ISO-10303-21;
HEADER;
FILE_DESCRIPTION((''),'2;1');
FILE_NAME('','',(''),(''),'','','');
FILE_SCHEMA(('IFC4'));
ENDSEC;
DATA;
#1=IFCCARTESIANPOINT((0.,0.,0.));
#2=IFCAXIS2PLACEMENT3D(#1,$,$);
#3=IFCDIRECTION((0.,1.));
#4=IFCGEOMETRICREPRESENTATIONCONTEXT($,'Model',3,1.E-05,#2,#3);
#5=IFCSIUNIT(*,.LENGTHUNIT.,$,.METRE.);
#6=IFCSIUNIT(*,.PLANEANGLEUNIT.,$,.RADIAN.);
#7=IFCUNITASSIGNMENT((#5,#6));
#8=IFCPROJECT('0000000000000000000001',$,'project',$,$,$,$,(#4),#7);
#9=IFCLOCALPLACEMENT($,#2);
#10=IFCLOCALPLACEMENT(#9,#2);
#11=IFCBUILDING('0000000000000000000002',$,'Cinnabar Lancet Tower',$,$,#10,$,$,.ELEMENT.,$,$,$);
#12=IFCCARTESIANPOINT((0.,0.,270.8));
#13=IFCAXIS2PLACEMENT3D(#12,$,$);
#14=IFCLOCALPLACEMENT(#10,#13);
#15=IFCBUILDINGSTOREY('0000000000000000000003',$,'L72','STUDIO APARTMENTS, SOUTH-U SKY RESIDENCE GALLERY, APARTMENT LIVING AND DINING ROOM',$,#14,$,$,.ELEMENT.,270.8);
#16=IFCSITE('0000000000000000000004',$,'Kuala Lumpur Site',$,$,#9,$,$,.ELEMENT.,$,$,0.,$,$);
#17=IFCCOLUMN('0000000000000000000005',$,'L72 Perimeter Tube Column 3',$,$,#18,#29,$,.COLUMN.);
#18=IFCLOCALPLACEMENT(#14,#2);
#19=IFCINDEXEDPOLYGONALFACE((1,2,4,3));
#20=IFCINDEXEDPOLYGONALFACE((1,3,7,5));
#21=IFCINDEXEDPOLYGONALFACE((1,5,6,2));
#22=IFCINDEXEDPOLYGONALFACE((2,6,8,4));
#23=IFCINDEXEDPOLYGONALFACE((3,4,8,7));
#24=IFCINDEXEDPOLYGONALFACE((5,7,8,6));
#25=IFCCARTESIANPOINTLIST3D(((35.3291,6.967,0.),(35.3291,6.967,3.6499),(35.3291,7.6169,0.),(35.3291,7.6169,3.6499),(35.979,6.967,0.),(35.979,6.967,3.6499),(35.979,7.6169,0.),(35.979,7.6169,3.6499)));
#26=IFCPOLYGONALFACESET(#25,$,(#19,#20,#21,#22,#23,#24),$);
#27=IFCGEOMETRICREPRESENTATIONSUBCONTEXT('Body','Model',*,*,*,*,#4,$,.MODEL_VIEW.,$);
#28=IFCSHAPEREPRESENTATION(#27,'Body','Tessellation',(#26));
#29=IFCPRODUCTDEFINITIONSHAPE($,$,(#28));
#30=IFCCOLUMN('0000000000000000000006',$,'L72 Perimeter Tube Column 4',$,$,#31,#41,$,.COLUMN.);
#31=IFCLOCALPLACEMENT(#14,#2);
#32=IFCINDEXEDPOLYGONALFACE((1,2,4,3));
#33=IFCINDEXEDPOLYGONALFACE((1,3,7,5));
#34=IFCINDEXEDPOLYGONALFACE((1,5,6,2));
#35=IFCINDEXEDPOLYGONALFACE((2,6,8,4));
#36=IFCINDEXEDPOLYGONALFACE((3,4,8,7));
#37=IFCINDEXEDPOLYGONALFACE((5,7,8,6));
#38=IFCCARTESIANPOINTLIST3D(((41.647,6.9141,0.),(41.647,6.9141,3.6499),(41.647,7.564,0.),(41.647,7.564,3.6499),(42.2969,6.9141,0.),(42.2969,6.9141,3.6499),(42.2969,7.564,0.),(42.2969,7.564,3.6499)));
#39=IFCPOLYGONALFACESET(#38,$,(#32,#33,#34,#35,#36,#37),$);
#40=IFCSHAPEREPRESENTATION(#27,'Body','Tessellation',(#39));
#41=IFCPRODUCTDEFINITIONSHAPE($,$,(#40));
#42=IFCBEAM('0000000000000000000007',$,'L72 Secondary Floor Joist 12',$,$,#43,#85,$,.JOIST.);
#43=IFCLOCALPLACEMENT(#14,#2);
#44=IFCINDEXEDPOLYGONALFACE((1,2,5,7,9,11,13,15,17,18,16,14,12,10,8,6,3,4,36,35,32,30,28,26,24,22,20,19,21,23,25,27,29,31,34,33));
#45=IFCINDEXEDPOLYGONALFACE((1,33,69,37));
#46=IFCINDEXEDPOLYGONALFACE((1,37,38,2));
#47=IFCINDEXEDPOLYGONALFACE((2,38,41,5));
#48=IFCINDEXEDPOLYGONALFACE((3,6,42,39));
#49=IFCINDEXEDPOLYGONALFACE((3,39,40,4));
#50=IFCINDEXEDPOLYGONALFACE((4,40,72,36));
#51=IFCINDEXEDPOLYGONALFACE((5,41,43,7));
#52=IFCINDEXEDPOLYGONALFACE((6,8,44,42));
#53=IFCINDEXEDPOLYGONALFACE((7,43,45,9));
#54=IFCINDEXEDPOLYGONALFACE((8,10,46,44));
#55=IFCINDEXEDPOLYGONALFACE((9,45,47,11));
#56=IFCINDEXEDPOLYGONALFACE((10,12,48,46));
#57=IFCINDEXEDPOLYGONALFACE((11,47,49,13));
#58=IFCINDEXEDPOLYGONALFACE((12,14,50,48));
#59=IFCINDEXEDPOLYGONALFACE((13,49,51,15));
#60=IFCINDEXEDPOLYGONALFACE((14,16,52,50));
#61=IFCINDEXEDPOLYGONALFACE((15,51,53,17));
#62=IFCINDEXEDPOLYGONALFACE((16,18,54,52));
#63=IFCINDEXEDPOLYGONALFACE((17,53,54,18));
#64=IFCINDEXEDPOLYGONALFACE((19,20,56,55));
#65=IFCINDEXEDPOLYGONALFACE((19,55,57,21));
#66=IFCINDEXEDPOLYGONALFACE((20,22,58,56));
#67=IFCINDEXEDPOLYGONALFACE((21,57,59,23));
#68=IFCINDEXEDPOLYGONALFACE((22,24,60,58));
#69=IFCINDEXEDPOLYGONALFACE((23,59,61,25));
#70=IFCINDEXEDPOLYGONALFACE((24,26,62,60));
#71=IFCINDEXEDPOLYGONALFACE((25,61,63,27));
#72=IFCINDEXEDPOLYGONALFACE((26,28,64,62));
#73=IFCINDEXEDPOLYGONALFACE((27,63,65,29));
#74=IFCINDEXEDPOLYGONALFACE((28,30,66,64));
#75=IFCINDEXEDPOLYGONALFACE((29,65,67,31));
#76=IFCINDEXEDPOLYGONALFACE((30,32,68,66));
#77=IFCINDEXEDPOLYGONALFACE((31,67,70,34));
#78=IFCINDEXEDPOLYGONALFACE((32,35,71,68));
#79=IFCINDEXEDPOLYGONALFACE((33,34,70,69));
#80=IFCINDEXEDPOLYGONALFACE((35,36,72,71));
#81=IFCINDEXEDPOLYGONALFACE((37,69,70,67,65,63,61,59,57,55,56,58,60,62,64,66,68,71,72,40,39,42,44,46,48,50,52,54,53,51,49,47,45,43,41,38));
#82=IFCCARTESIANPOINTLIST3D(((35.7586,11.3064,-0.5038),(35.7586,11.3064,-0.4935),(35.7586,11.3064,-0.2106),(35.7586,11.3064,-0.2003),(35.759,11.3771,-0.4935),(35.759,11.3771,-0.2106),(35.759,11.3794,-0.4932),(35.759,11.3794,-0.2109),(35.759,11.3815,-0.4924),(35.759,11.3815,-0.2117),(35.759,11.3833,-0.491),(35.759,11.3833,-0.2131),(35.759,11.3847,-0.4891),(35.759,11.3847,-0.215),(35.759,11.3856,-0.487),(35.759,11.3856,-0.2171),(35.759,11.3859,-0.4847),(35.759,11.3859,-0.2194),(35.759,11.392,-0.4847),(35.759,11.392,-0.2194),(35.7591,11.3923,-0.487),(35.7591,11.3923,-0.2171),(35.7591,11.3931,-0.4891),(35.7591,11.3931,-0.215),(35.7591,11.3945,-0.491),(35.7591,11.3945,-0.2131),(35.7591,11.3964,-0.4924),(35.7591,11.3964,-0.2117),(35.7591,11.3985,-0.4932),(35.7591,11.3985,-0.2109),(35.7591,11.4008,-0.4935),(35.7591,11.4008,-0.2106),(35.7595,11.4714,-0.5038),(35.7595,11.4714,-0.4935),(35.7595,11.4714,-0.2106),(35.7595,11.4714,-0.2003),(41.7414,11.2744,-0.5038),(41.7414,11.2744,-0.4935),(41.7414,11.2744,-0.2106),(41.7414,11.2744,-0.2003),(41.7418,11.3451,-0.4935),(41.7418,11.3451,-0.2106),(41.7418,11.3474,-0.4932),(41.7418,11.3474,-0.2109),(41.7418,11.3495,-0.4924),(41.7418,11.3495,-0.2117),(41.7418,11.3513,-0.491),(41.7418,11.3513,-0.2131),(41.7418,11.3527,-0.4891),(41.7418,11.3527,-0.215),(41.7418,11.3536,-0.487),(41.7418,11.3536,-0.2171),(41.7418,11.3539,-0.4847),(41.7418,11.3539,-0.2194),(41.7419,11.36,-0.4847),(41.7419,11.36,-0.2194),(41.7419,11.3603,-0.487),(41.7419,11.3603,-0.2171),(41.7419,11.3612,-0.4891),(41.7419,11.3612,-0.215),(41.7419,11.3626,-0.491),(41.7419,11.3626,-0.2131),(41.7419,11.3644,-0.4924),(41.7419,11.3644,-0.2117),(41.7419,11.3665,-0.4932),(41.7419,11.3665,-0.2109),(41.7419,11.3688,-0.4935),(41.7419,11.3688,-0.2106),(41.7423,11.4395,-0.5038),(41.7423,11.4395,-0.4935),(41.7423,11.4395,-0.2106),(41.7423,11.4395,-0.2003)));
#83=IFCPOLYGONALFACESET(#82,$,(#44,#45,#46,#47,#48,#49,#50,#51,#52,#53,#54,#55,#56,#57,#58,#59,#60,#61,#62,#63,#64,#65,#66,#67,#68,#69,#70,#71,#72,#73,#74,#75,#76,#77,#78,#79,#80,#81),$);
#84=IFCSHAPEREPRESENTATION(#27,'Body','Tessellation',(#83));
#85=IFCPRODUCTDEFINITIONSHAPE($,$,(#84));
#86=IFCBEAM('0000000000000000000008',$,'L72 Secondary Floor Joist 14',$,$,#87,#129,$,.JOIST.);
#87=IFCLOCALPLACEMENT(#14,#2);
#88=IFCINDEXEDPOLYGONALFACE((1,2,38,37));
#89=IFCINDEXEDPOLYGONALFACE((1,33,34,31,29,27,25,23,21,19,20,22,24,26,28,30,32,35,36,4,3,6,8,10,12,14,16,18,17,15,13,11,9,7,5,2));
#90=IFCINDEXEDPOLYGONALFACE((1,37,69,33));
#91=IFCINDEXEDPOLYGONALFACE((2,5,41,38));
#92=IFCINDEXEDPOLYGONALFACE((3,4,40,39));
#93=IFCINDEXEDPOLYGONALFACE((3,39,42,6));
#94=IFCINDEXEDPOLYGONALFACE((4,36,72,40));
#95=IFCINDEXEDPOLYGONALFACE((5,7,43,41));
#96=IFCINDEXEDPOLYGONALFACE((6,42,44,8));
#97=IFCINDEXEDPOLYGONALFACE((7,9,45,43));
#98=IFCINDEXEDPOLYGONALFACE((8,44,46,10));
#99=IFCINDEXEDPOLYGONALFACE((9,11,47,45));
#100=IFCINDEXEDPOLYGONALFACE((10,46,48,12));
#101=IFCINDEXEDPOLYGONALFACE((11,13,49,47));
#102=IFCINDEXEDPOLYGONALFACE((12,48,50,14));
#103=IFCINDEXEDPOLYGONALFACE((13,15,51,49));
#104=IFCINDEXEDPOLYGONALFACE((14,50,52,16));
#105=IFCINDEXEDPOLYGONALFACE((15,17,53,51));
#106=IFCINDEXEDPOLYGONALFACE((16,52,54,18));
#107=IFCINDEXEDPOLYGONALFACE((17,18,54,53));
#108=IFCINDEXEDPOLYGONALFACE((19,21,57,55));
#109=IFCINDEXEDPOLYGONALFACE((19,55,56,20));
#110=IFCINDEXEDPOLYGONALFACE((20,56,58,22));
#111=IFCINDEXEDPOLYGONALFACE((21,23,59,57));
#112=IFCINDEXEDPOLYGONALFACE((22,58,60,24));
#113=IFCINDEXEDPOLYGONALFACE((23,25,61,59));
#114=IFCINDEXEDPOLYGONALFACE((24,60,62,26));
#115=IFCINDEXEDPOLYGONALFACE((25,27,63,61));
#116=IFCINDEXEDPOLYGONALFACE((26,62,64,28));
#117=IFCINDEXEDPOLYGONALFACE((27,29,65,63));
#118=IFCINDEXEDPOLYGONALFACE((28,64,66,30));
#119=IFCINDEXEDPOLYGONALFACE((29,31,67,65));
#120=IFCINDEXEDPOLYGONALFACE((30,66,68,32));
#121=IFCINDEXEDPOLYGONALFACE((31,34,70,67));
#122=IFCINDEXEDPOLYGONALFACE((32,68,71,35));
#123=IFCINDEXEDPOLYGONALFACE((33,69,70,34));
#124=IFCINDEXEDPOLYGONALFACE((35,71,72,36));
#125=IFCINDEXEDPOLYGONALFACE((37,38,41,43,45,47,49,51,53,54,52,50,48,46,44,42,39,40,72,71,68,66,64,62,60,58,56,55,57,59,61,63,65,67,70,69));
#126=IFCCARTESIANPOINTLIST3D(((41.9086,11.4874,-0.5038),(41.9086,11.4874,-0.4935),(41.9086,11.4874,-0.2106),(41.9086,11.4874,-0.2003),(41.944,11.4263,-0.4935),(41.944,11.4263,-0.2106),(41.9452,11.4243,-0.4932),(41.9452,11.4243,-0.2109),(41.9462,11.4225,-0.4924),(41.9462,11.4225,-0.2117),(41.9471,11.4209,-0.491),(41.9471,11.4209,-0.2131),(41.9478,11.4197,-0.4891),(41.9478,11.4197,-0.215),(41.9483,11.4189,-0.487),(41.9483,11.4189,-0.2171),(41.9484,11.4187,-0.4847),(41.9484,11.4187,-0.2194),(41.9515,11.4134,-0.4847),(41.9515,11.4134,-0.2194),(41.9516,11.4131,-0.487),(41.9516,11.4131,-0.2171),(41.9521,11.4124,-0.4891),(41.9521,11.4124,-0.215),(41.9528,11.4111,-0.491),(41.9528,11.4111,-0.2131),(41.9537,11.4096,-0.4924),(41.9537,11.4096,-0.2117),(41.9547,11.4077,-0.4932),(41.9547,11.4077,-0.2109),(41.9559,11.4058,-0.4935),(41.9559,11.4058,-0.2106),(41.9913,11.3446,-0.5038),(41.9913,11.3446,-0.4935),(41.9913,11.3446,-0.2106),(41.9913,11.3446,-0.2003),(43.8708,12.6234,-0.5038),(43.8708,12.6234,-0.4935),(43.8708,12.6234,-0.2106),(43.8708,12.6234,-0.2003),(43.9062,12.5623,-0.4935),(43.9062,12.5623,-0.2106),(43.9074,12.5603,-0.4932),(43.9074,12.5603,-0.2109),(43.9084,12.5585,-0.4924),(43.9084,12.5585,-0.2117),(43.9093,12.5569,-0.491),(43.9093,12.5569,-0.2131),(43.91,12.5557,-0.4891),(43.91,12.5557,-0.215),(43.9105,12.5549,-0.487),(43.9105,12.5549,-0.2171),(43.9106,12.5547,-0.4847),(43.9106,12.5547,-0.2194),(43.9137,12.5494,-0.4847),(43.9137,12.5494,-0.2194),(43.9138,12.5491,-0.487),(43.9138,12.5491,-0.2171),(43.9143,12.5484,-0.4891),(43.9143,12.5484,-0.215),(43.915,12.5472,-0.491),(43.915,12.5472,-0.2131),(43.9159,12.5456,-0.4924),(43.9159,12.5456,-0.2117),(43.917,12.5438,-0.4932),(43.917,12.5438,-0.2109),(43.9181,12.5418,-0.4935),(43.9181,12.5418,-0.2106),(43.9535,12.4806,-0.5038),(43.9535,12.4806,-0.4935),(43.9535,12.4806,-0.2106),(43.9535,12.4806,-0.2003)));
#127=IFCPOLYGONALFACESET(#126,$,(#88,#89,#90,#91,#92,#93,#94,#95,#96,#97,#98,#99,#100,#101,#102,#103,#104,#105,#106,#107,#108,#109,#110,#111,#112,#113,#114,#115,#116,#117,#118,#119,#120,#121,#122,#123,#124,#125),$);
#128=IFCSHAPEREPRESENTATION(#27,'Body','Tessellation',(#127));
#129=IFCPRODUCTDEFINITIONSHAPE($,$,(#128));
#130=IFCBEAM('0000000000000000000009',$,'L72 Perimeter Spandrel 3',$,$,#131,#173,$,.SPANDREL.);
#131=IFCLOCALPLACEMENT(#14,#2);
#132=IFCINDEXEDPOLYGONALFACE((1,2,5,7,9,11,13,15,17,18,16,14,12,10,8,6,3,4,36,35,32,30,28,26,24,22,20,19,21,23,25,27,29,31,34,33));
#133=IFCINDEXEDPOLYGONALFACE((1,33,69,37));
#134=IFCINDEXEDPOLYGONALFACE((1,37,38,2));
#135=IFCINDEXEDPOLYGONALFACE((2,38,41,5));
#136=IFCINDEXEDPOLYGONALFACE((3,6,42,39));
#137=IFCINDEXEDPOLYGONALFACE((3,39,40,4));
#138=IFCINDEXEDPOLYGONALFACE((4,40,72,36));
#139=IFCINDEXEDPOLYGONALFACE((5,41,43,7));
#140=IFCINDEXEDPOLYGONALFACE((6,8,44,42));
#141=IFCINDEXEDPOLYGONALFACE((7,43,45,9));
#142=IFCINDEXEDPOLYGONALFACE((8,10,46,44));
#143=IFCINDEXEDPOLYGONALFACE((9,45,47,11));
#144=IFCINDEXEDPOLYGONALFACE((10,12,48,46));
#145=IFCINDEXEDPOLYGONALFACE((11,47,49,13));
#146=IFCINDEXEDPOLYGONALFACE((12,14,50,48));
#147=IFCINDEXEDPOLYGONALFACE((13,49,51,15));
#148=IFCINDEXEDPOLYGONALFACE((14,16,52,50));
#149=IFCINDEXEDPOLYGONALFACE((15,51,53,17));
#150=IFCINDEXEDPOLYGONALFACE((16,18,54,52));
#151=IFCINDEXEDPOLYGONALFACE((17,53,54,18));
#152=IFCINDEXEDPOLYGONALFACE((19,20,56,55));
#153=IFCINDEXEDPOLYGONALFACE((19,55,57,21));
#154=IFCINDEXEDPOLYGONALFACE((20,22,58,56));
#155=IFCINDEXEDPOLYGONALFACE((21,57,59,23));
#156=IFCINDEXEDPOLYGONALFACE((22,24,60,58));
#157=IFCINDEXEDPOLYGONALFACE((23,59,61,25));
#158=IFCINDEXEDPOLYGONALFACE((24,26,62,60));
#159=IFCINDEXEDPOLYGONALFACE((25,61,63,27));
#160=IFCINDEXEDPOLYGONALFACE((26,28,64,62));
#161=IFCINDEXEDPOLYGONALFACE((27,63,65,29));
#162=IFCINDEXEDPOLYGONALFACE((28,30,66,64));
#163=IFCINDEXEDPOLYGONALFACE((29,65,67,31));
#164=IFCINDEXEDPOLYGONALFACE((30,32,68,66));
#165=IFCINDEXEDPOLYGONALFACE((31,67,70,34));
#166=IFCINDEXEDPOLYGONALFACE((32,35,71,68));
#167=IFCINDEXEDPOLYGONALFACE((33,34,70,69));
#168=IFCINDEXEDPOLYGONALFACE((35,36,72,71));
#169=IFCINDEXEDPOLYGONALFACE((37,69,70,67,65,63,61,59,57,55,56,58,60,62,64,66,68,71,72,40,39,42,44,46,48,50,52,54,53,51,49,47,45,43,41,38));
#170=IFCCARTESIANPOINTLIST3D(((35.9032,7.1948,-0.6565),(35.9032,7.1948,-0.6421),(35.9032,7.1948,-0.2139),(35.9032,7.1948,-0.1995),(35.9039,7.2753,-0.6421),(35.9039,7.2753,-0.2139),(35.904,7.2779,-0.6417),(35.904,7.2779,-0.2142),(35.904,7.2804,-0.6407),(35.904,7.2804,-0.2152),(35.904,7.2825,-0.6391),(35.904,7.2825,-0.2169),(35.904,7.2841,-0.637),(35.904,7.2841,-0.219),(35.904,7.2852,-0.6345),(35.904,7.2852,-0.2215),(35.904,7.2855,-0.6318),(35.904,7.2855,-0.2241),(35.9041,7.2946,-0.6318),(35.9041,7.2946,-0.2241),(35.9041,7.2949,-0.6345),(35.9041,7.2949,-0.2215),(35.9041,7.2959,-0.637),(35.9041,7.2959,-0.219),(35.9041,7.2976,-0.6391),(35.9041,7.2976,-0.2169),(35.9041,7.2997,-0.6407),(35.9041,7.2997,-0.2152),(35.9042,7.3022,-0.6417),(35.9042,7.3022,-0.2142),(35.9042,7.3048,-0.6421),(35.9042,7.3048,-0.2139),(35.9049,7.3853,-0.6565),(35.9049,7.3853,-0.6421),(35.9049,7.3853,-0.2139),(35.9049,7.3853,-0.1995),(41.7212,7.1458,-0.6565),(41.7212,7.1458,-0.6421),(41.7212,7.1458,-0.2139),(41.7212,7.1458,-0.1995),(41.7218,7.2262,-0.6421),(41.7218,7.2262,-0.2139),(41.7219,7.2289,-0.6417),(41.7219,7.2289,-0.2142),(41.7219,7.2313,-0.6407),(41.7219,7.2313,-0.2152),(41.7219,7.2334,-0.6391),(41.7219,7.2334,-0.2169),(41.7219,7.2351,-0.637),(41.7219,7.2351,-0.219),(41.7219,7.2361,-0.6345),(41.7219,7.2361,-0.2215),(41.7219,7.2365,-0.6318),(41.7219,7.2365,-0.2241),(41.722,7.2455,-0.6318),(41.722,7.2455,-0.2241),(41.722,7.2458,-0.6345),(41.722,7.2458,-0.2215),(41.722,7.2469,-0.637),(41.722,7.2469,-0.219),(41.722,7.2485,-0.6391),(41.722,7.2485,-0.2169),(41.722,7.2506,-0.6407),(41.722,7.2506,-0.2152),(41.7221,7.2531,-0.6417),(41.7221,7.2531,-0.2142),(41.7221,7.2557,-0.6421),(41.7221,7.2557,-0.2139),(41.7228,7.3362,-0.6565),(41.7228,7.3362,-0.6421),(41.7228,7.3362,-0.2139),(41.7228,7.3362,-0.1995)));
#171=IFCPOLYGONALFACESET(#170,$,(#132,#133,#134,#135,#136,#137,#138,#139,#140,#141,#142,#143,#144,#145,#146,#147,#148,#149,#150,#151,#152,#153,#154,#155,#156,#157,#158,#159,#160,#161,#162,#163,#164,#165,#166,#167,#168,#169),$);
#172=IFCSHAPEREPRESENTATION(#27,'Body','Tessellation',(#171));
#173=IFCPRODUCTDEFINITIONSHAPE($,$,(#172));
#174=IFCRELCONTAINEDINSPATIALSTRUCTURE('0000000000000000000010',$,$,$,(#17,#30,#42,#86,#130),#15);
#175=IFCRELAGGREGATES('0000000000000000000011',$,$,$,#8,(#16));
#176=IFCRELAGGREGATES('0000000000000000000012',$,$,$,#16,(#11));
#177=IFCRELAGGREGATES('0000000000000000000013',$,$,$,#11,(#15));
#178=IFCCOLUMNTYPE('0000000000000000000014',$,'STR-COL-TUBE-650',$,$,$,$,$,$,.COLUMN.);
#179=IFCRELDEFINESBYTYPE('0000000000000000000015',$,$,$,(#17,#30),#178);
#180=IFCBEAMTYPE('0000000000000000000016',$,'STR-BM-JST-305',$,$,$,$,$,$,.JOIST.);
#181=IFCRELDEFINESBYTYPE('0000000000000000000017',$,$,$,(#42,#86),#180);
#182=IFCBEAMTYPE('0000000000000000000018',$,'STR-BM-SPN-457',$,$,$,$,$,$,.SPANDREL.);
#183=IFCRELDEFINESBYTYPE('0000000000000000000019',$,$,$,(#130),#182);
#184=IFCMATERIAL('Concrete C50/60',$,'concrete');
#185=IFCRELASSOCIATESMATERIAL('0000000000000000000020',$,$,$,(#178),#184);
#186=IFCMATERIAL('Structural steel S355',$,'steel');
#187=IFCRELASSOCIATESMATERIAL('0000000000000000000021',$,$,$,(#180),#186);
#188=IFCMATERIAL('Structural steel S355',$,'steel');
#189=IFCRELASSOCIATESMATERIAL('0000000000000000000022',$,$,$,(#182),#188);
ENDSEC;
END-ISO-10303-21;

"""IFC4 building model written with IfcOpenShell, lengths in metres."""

from ifc_helpers import new_model, si_unit, direction, frame, origin, origin_2d, place, context, subcontext, project, spatial, rectangle, i_section, extrude, material, material_profile, profile_set, type_object, element, save


model = new_model("IFC4")

# Units and contexts
model_context = context("Model", 3, precision=1e-05, world=origin(), true_north=direction((0.0, 1.0)))
body_context = subcontext(model_context, "Body", "Model", "MODEL_VIEW")
ifc_project = project(units=[si_unit("LENGTHUNIT", "METRE"), si_unit("PLANEANGLEUNIT", "RADIAN")], contexts=[model_context])

# Site, building, storey
site_placement = place(None, origin())
site = spatial("IfcSite", under=ifc_project, at=site_placement, Name="Kuala Lumpur Site", CompositionType="ELEMENT", RefElevation=0.0)
building_placement = place(site_placement, origin())
building = spatial("IfcBuilding", under=site, at=building_placement, Name="Cinnabar Lancet Tower", CompositionType="ELEMENT")
storey_placement = place(building_placement, frame((0.0, 0.0, 270.8)))
storey = spatial("IfcBuildingStorey", under=building, at=storey_placement, Name="L72", Description="STUDIO APARTMENTS, SOUTH-U SKY RESIDENCE GALLERY, APARTMENT LIVING AND DINING ROOM", CompositionType="ELEMENT", Elevation=270.8)

# Columns
ifc_material_1 = material(Name="Concrete C50/60", Category="concrete")
ifc_material_profile_1 = material_profile(ifc_material_1, rectangle(XDim=0.6499, YDim=0.6499, at=origin_2d()), Name="RC-COL 650x650")
ifc_profile_set_1 = profile_set([ifc_material_profile_1], Name="Concrete C50/60")
column_type = type_object("IfcColumnType", Name="STR-COL-TUBE-650", PredefinedType="COLUMN", material=ifc_profile_set_1)
for number, where, z_axis, x_axis, name in (
    (1, (35.6541, 7.292, 0.0), (0.0, 0.0, 1.0), (1.0, 0.0, 0.0), "L72 Perimeter Tube Column 3"),
    (2, (41.9719, 7.239, 0.0), (0.0, 0.0, 1.0), (1.0, 0.0, 0.0), "L72 Perimeter Tube Column 4"),
):
    element("IfcColumn", number, at=place(storey_placement, frame(where, z_axis=z_axis, x_axis=x_axis)), inside=storey, type_object=column_type, Name=name, PredefinedType="COLUMN", context=body_context, shape_type="SweptSolid", body=[
        extrude(rectangle(XDim=0.6499, YDim=0.6499, at=origin_2d()), origin(), (0.0, 0.0, 1.0), 3.6499),
    ])

# Beams
ifc_material_2 = material(Name="Structural steel S355", Category="steel")
ifc_material_profile_2 = material_profile(ifc_material_2, i_section(OverallWidth=0.165, OverallDepth=0.3035, WebThickness=0.0061, FlangeThickness=0.0103, FilletRadius=0.0088, at=origin_2d()), Name="UKB 305x165x40")
ifc_profile_set_2 = profile_set([ifc_material_profile_2], Name="Structural steel S355")
beam_type_1 = type_object("IfcBeamType", Name="STR-BM-JST-305", PredefinedType="JOIST", material=ifc_profile_set_2)
beam_1_placement = place(storey_placement, frame((35.759, 11.3889, -0.3521), z_axis=(0.999986, -0.005346, 0.0), x_axis=(0.005346, 0.999986, 0.0)))
element("IfcBeam", 3, at=beam_1_placement, inside=storey, type_object=beam_type_1, Name="L72 Secondary Floor Joist 12", PredefinedType="JOIST", context=body_context, shape_type="SweptSolid", body=[
    extrude(i_section(OverallWidth=0.165, OverallDepth=0.3035, WebThickness=0.0061, FlangeThickness=0.0103, FilletRadius=0.0088, at=origin_2d()), origin(), (0.0, 0.0, 1.0), 5.9829),
])
beam_2_placement = place(storey_placement, frame((41.95, 11.416, -0.3521), z_axis=(0.865426, 0.501036, 0.0), x_axis=(-0.501036, 0.865426, 0.0)))
element("IfcBeam", 4, at=beam_2_placement, inside=storey, type_object=beam_type_1, Name="L72 Secondary Floor Joist 14", PredefinedType="JOIST", context=body_context, shape_type="SweptSolid", body=[
    extrude(i_section(OverallWidth=0.165, OverallDepth=0.3035, WebThickness=0.0061, FlangeThickness=0.0103, FilletRadius=0.0088, at=origin_2d()), origin(), (0.0, 0.0, 1.0), 2.2673),
])
ifc_material_3 = material(Name="Structural steel S355", Category="steel")
ifc_material_profile_3 = material_profile(ifc_material_3, i_section(OverallWidth=0.1904, OverallDepth=0.457, WebThickness=0.009, FlangeThickness=0.0144, FilletRadius=0.0103, at=origin_2d()), Name="UKB 457x191x74")
ifc_profile_set_3 = profile_set([ifc_material_profile_3], Name="Structural steel S355")
beam_type_2 = type_object("IfcBeamType", Name="STR-BM-SPN-457", PredefinedType="SPANDREL", material=ifc_profile_set_3)
beam_3_placement = place(storey_placement, frame((35.9041, 7.29, -0.428), z_axis=(0.999964, -0.008434, 0.0), x_axis=(0.008434, 0.999964, 0.0)))
element("IfcBeam", 5, at=beam_3_placement, inside=storey, type_object=beam_type_2, Name="L72 Perimeter Spandrel 3", PredefinedType="SPANDREL", context=body_context, shape_type="SweptSolid", body=[
    extrude(i_section(OverallWidth=0.1904, OverallDepth=0.457, WebThickness=0.009, FlangeThickness=0.0144, FilletRadius=0.0103, at=origin_2d()), origin(), (0.0, 0.0, 1.0), 5.8181),
])

save(model, "model.ifc")
